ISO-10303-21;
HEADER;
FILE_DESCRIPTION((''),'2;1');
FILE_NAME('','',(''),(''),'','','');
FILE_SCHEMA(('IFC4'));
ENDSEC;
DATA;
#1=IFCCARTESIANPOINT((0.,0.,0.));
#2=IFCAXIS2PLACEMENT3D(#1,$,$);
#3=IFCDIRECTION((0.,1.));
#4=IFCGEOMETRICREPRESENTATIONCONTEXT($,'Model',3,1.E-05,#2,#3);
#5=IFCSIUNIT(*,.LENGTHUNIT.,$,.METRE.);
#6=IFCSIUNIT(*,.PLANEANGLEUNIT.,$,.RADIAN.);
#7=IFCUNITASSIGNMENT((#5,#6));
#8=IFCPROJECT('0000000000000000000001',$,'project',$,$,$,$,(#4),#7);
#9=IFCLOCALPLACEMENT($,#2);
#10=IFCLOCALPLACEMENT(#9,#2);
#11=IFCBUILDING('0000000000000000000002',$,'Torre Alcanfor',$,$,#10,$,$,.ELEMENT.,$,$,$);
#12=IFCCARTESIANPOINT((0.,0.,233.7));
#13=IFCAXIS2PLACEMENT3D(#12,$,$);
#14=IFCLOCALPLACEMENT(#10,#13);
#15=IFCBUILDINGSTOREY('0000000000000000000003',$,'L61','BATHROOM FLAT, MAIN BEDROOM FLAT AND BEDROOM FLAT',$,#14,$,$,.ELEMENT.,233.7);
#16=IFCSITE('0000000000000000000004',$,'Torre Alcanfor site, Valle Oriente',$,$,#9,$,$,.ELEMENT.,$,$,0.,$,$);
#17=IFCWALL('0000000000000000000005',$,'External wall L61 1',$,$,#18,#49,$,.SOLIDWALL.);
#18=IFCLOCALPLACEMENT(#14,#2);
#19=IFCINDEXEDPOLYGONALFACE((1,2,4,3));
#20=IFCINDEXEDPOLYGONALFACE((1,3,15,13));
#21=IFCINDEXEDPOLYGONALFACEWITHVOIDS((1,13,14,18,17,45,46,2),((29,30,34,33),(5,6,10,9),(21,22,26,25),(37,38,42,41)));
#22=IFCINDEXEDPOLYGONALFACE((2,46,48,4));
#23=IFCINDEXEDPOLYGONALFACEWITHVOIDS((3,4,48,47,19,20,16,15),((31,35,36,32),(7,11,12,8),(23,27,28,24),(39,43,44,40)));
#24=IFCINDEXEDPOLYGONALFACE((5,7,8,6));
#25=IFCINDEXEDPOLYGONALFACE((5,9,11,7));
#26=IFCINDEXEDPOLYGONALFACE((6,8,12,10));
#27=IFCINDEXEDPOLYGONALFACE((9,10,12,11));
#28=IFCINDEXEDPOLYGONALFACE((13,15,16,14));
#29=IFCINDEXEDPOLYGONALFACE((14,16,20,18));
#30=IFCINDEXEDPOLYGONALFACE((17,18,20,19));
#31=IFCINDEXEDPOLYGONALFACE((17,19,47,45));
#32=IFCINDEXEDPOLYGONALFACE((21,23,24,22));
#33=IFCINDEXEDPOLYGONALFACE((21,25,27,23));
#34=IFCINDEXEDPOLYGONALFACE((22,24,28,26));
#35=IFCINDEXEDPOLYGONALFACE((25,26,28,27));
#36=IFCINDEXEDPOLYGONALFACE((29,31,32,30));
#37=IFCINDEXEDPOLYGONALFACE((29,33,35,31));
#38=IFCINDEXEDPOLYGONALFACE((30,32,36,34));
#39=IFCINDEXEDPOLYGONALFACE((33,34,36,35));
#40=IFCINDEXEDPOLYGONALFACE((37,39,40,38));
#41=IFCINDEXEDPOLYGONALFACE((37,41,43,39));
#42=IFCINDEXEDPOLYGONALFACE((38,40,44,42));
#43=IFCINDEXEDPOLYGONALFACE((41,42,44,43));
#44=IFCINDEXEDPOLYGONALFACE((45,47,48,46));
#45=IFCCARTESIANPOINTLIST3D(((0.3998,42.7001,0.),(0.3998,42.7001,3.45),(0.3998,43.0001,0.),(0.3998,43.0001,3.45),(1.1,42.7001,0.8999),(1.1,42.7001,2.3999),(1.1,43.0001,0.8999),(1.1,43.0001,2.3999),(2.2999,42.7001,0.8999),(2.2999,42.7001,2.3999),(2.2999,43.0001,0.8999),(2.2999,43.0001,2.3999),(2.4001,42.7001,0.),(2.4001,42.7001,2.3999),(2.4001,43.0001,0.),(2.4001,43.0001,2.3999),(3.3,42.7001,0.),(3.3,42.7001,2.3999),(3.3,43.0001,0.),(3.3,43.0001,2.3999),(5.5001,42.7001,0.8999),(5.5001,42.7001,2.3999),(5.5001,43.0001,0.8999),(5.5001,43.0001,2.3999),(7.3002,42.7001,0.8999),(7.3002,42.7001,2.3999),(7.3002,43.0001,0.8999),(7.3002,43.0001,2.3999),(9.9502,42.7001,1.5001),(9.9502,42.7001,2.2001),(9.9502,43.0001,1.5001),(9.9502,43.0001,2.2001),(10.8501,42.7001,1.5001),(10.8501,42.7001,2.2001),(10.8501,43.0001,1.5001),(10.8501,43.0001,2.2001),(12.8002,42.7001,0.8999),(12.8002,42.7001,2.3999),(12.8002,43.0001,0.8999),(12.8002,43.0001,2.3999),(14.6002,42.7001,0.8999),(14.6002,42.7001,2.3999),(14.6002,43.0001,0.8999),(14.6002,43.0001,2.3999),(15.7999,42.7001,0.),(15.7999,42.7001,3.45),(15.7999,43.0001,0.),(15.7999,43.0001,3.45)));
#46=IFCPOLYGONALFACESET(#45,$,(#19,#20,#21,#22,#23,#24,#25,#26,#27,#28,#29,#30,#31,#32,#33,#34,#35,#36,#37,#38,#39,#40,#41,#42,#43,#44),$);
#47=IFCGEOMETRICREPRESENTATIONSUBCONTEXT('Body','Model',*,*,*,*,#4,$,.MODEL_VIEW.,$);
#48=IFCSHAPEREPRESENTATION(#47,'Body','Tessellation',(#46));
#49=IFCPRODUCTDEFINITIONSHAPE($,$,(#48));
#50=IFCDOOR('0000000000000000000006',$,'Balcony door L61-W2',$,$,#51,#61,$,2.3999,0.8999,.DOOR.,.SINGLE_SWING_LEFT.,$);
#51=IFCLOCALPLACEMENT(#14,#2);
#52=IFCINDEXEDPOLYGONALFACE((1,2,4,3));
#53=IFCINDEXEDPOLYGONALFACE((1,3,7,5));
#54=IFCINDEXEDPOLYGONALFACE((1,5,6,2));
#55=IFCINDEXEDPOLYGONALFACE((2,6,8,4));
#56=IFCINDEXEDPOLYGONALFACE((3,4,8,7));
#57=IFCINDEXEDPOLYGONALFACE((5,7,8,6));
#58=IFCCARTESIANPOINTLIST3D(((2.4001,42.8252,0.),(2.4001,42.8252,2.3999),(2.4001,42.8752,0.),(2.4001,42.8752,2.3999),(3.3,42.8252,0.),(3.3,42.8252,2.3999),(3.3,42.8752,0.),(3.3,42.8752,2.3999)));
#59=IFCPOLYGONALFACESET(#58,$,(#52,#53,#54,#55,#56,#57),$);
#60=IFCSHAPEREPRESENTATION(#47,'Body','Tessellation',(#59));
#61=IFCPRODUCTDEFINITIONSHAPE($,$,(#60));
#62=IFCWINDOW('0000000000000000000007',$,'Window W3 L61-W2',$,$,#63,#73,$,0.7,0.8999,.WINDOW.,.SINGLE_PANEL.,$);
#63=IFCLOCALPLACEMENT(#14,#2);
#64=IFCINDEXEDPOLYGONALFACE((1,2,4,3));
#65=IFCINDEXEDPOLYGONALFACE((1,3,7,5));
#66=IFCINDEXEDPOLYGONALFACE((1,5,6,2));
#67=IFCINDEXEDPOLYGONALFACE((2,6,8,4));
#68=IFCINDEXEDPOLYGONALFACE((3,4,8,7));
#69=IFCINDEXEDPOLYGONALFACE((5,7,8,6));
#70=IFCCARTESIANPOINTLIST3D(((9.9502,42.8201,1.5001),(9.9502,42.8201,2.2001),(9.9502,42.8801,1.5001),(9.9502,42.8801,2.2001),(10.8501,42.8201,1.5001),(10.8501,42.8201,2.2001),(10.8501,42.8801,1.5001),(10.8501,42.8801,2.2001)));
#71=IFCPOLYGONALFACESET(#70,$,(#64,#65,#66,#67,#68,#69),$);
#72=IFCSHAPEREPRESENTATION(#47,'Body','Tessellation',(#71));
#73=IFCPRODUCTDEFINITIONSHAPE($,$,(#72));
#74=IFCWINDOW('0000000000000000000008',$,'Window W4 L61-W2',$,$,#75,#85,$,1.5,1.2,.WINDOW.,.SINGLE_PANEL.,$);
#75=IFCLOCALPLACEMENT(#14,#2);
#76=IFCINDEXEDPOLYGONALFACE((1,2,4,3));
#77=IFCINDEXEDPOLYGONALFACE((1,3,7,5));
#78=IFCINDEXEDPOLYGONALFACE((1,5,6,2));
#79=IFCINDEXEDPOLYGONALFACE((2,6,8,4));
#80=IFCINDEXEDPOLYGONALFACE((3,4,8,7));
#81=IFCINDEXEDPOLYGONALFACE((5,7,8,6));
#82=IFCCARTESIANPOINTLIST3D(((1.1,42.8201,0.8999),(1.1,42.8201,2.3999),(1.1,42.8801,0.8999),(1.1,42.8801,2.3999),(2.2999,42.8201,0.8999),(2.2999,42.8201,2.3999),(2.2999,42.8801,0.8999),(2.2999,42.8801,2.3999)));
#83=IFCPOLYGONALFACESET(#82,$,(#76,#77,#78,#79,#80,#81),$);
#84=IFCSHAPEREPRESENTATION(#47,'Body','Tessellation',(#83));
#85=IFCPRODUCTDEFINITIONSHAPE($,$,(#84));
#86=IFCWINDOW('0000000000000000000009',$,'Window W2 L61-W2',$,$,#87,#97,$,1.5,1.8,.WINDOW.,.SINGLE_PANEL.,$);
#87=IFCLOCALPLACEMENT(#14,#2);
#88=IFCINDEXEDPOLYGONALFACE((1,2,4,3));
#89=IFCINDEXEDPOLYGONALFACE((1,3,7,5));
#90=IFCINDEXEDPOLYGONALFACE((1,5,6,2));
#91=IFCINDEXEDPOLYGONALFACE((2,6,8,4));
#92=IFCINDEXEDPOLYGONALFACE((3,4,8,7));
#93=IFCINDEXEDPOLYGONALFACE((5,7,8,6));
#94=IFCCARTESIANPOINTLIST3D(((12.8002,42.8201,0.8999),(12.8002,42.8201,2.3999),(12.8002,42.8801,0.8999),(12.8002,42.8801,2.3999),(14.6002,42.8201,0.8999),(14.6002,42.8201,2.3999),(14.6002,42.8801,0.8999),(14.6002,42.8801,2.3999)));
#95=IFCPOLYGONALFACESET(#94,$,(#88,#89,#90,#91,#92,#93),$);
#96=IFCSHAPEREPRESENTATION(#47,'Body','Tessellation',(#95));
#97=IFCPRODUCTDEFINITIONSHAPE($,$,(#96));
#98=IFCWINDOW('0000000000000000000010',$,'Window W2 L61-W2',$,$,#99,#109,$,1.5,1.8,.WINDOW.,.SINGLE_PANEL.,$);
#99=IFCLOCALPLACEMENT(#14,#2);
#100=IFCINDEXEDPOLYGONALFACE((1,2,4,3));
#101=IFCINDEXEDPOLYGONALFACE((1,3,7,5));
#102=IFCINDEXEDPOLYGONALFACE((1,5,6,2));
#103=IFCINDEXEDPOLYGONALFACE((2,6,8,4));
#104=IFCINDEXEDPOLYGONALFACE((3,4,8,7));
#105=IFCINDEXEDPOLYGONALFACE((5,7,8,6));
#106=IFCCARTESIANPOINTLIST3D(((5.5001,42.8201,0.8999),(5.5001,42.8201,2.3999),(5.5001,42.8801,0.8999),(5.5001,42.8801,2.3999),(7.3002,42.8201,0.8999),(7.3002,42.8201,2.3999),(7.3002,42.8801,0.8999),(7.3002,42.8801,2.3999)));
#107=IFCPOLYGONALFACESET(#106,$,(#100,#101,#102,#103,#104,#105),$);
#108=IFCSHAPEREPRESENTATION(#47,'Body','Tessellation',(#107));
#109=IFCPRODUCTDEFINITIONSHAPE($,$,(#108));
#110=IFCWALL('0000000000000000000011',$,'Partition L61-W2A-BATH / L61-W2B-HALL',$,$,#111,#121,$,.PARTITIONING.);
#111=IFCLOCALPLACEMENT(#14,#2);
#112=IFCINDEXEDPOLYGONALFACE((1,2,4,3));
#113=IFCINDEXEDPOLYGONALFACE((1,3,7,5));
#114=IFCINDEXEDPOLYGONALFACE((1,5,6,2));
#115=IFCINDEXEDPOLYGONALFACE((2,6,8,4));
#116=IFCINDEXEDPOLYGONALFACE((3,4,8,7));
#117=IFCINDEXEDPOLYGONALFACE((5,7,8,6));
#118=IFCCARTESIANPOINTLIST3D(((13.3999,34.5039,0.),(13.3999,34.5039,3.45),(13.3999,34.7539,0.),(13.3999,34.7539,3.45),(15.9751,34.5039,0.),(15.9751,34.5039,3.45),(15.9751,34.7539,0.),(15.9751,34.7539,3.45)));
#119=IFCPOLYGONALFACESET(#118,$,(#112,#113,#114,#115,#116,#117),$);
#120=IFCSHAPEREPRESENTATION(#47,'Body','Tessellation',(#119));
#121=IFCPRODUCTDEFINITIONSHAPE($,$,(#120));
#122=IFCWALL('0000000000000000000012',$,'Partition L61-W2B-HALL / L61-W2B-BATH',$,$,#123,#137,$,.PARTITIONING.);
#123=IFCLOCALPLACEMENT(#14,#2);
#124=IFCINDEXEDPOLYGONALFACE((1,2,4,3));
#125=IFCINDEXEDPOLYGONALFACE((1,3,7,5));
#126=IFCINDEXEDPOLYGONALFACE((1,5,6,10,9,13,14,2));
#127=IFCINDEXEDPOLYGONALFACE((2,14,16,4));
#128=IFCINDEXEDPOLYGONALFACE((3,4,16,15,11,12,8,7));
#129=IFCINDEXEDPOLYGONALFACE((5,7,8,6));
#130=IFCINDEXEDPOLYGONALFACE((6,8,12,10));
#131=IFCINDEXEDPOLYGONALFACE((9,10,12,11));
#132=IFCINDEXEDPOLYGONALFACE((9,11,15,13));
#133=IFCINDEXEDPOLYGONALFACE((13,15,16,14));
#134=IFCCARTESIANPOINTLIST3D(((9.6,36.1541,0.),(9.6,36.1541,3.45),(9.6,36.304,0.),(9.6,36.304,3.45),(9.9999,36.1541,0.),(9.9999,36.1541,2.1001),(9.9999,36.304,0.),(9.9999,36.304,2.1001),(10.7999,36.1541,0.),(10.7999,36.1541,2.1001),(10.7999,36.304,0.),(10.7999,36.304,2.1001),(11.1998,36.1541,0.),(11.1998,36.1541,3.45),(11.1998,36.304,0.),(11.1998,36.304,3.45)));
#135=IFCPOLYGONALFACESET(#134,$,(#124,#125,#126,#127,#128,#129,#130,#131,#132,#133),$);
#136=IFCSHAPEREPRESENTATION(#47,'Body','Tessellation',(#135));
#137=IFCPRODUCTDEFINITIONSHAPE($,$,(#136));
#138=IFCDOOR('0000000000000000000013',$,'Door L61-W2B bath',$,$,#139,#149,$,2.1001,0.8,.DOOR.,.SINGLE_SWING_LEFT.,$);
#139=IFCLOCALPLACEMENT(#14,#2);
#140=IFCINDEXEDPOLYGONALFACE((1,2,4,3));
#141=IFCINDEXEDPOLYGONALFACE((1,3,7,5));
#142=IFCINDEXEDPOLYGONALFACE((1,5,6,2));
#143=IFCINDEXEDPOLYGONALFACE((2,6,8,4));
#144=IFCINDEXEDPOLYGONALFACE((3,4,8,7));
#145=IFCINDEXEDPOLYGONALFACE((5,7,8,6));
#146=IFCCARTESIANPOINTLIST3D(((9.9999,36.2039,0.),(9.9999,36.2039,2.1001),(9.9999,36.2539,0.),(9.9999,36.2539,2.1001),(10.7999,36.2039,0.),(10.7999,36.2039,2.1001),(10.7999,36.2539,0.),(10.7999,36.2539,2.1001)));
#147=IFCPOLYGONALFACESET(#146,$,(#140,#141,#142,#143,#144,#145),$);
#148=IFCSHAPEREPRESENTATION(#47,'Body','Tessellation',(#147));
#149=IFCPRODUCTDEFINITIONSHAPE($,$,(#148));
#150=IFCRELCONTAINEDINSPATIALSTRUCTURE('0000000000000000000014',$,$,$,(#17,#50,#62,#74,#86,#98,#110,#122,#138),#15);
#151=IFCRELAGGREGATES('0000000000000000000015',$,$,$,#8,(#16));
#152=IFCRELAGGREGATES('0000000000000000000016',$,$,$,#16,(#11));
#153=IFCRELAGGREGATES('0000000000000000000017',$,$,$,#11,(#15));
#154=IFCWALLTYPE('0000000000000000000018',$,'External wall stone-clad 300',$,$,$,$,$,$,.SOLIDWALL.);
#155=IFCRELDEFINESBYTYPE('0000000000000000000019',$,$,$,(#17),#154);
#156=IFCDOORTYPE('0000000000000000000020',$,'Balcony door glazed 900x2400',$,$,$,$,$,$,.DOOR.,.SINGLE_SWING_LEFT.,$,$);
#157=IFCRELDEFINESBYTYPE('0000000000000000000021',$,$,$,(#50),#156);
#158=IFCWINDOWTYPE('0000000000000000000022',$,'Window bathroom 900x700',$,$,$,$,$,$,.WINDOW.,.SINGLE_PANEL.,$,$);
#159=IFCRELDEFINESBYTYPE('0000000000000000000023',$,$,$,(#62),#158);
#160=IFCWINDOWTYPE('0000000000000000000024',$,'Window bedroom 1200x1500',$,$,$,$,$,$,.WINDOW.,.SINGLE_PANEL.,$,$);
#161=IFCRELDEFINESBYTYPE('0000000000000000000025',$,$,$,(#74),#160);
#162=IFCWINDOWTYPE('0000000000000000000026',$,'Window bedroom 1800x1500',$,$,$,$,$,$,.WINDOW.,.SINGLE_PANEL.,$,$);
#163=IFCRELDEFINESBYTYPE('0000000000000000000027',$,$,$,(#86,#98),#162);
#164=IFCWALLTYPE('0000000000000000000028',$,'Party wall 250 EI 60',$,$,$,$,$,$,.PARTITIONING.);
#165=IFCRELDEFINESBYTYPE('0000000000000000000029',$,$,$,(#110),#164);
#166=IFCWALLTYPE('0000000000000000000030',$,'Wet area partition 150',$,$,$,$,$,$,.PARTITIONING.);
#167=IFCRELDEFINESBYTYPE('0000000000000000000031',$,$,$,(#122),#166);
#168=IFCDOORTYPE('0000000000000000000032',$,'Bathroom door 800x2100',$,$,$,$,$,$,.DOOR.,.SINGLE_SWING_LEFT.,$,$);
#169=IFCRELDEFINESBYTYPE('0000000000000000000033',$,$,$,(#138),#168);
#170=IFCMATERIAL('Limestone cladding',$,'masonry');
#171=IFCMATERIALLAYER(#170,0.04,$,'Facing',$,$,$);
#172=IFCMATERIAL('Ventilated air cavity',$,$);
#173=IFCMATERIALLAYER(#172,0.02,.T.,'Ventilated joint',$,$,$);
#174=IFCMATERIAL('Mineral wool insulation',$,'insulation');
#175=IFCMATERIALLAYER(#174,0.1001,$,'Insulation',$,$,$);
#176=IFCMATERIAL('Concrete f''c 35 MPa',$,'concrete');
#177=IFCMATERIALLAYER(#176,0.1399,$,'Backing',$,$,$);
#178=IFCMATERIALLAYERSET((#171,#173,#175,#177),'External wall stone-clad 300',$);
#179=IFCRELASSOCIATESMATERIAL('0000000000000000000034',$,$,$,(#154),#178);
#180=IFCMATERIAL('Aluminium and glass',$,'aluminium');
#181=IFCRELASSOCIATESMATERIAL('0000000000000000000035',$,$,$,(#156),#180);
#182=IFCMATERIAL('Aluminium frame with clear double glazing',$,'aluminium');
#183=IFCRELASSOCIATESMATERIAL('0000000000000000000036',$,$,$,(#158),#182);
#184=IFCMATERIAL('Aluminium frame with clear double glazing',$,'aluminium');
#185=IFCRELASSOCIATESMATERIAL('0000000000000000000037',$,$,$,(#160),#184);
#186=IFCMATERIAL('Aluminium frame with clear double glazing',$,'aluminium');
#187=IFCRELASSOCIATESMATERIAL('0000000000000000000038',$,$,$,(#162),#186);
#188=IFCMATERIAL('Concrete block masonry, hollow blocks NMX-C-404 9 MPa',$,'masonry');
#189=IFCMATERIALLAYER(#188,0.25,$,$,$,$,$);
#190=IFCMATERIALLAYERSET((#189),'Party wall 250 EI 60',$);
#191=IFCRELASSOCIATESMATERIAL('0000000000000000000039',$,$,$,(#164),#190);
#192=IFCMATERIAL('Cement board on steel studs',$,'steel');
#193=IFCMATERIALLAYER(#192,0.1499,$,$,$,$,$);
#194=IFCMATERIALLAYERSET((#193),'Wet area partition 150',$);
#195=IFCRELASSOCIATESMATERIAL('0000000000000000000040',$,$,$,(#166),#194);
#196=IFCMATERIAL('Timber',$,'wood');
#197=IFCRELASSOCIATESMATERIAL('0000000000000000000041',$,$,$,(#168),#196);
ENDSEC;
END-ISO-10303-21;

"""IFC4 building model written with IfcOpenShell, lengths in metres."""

from ifc_helpers import new_model, si_unit, direction, frame, frame_2d, origin, place, context, subcontext, project, spatial, rectangle, extrude, material, layer, layer_set, type_object, element, fill, save


model = new_model("IFC4")

# Units and contexts
model_context = context("Model", 3, precision=1e-05, world=origin(), true_north=direction((0.0, 1.0)))
body_context = subcontext(model_context, "Body", "Model", "MODEL_VIEW")
ifc_project = project(units=[si_unit("LENGTHUNIT", "METRE"), si_unit("PLANEANGLEUNIT", "RADIAN")], contexts=[model_context])

# Site, building, storey
site_placement = place(None, origin())
site = spatial("IfcSite", under=ifc_project, at=site_placement, Name="Torre Alcanfor site, Valle Oriente", CompositionType="ELEMENT", RefElevation=0.0)
building_placement = place(site_placement, origin())
building = spatial("IfcBuilding", under=site, at=building_placement, Name="Torre Alcanfor", CompositionType="ELEMENT")
storey_placement = place(building_placement, frame((0.0, 0.0, 233.7)))
storey = spatial("IfcBuildingStorey", under=building, at=storey_placement, Name="L61", Description="BATHROOM FLAT, MAIN BEDROOM FLAT AND BEDROOM FLAT", CompositionType="ELEMENT", Elevation=233.7)

# Wall, openings, door, windows
ifc_material_1 = material(Name="Limestone cladding", Category="masonry")
ifc_layer_1 = layer(ifc_material_1, 0.04, Name="Facing")
ifc_material_2 = material(Name="Ventilated air cavity")
ifc_layer_2 = layer(ifc_material_2, 0.02, ventilated=True, Name="Ventilated joint")
ifc_material_3 = material(Name="Mineral wool insulation", Category="insulation")
ifc_layer_3 = layer(ifc_material_3, 0.1001, Name="Insulation")
ifc_material_4 = material(Name="Concrete f'c 35 MPa", Category="concrete")
ifc_layer_4 = layer(ifc_material_4, 0.1399, Name="Backing")
ifc_layer_set_1 = layer_set([ifc_layer_1, ifc_layer_2, ifc_layer_3, ifc_layer_4], Name="External wall stone-clad 300")
wall_type_1 = type_object("IfcWallType", Name="External wall stone-clad 300", PredefinedType="SOLIDWALL", material=ifc_layer_set_1)
wall_1_placement = place(storey_placement, frame((15.8, 42.8501, 0.0), z_axis=(0.0, 0.0, 1.0), x_axis=(-1.0, 0.0, 0.0)))
wall_1 = element("IfcWall", 1, at=wall_1_placement, inside=storey, type_object=wall_type_1, Name="External wall L61 1", PredefinedType="SOLIDWALL", context=body_context, shape_type="SweptSolid", body=[
    extrude(rectangle(XDim=15.4001, YDim=0.3, at=frame_2d((7.7002, 0.0))), origin(), (0.0, 0.0, 1.0), 3.45),
])
opening_1_placement = place(wall_1_placement, frame((1.2, 0.0, 0.8999)))
opening_1 = element("IfcOpeningElement", 2, at=opening_1_placement, cuts=wall_1, PredefinedType="OPENING", context=body_context, shape_type="SweptSolid", body=[
    extrude(rectangle(XDim=1.8, YDim=1.5, at=frame_2d((0.8999, 0.75))), frame((0.0, 0.1599, 0.0), z_axis=(0.0, -1.0, 0.0), x_axis=(1.0, 0.0, 0.0)), (0.0, 0.0, 1.0), 0.3201),
])
opening_2_placement = place(wall_1_placement, frame((4.95, 0.0, 1.5)))
opening_2 = element("IfcOpeningElement", 3, at=opening_2_placement, cuts=wall_1, PredefinedType="OPENING", context=body_context, shape_type="SweptSolid", body=[
    extrude(rectangle(XDim=0.8999, YDim=0.7, at=frame_2d((0.45, 0.3501))), frame((0.0, 0.1599, 0.0), z_axis=(0.0, -1.0, 0.0), x_axis=(1.0, 0.0, 0.0)), (0.0, 0.0, 1.0), 0.3201),
])
opening_3_placement = place(wall_1_placement, frame((8.5, 0.0, 0.8999)))
opening_3 = element("IfcOpeningElement", 4, at=opening_3_placement, cuts=wall_1, PredefinedType="OPENING", context=body_context, shape_type="SweptSolid", body=[
    extrude(rectangle(XDim=1.8, YDim=1.5, at=frame_2d((0.8999, 0.75))), frame((0.0, 0.1599, 0.0), z_axis=(0.0, -1.0, 0.0), x_axis=(1.0, 0.0, 0.0)), (0.0, 0.0, 1.0), 0.3201),
])
opening_4_placement = place(wall_1_placement, frame((12.5, 0.0, 0.0)))
opening_4 = element("IfcOpeningElement", 5, at=opening_4_placement, cuts=wall_1, PredefinedType="OPENING", context=body_context, shape_type="SweptSolid", body=[
    extrude(rectangle(XDim=0.8999, YDim=2.3999, at=frame_2d((0.45, 1.2))), frame((0.0, 0.1599, 0.0), z_axis=(0.0, -1.0, 0.0), x_axis=(1.0, 0.0, 0.0)), (0.0, 0.0, 1.0), 0.3201),
])
opening_5_placement = place(wall_1_placement, frame((13.5, 0.0, 0.8999)))
opening_5 = element("IfcOpeningElement", 6, at=opening_5_placement, cuts=wall_1, PredefinedType="OPENING", context=body_context, shape_type="SweptSolid", body=[
    extrude(rectangle(XDim=1.2, YDim=1.5, at=frame_2d((0.6001, 0.75))), frame((0.0, 0.1599, 0.0), z_axis=(0.0, -1.0, 0.0), x_axis=(1.0, 0.0, 0.0)), (0.0, 0.0, 1.0), 0.3201),
])
ifc_material_5 = material(Name="Aluminium and glass", Category="aluminium")
door_type_1 = type_object("IfcDoorType", Name="Balcony door glazed 900x2400", OperationType="SINGLE_SWING_LEFT", PredefinedType="DOOR", material=ifc_material_5)
door_1_placement = place(opening_4_placement, origin())
door_1 = element("IfcDoor", 7, at=door_1_placement, inside=storey, type_object=door_type_1, Name="Balcony door L61-W2", OperationType="SINGLE_SWING_LEFT", OverallHeight=2.3999, OverallWidth=0.8999, PredefinedType="DOOR", context=body_context, shape_type="SweptSolid", body=[
    extrude(rectangle(XDim=0.8999, YDim=2.3999, at=frame_2d((0.45, 1.2))), frame((0.0, 0.0249, 0.0), z_axis=(0.0, -1.0, 0.0), x_axis=(1.0, 0.0, 0.0)), (0.0, 0.0, 1.0), 0.05),
])
fill(opening_4, door_1)
ifc_material_6 = material(Name="Aluminium frame with clear double glazing", Category="aluminium")
window_type_1 = type_object("IfcWindowType", Name="Window bathroom 900x700", PartitioningType="SINGLE_PANEL", PredefinedType="WINDOW", material=ifc_material_6)
window_1_placement = place(opening_2_placement, origin())
window_1 = element("IfcWindow", 8, at=window_1_placement, inside=storey, type_object=window_type_1, Name="Window W3 L61-W2", OverallHeight=0.7, OverallWidth=0.8999, PartitioningType="SINGLE_PANEL", PredefinedType="WINDOW", context=body_context, shape_type="SweptSolid", body=[
    extrude(rectangle(XDim=0.8999, YDim=0.7, at=frame_2d((0.45, 0.3501))), frame((0.0, 0.03, 0.0), z_axis=(0.0, -1.0, 0.0), x_axis=(1.0, 0.0, 0.0)), (0.0, 0.0, 1.0), 0.0601),
])
fill(opening_2, window_1)
ifc_material_7 = material(Name="Aluminium frame with clear double glazing", Category="aluminium")
window_type_2 = type_object("IfcWindowType", Name="Window bedroom 1200x1500", PartitioningType="SINGLE_PANEL", PredefinedType="WINDOW", material=ifc_material_7)
window_2_placement = place(opening_5_placement, origin())
window_2 = element("IfcWindow", 9, at=window_2_placement, inside=storey, type_object=window_type_2, Name="Window W4 L61-W2", OverallHeight=1.5, OverallWidth=1.2, PartitioningType="SINGLE_PANEL", PredefinedType="WINDOW", context=body_context, shape_type="SweptSolid", body=[
    extrude(rectangle(XDim=1.2, YDim=1.5, at=frame_2d((0.6001, 0.75))), frame((0.0, 0.03, 0.0), z_axis=(0.0, -1.0, 0.0), x_axis=(1.0, 0.0, 0.0)), (0.0, 0.0, 1.0), 0.0601),
])
fill(opening_5, window_2)
ifc_material_8 = material(Name="Aluminium frame with clear double glazing", Category="aluminium")
window_type_3 = type_object("IfcWindowType", Name="Window bedroom 1800x1500", PartitioningType="SINGLE_PANEL", PredefinedType="WINDOW", material=ifc_material_8)
window_3_placement = place(opening_1_placement, origin())
window_3 = element("IfcWindow", 10, at=window_3_placement, inside=storey, type_object=window_type_3, Name="Window W2 L61-W2", OverallHeight=1.5, OverallWidth=1.8, PartitioningType="SINGLE_PANEL", PredefinedType="WINDOW", context=body_context, shape_type="SweptSolid", body=[
    extrude(rectangle(XDim=1.8, YDim=1.5, at=frame_2d((0.8999, 0.75))), frame((0.0, 0.03, 0.0), z_axis=(0.0, -1.0, 0.0), x_axis=(1.0, 0.0, 0.0)), (0.0, 0.0, 1.0), 0.0601),
])
fill(opening_1, window_3)
window_4_placement = place(opening_3_placement, origin())
window_4 = element("IfcWindow", 11, at=window_4_placement, inside=storey, type_object=window_type_3, Name="Window W2 L61-W2", OverallHeight=1.5, OverallWidth=1.8, PartitioningType="SINGLE_PANEL", PredefinedType="WINDOW", context=body_context, shape_type="SweptSolid", body=[
    extrude(rectangle(XDim=1.8, YDim=1.5, at=frame_2d((0.8999, 0.75))), frame((0.0, 0.03, 0.0), z_axis=(0.0, -1.0, 0.0), x_axis=(1.0, 0.0, 0.0)), (0.0, 0.0, 1.0), 0.0601),
])
fill(opening_3, window_4)

# Wall
ifc_material_9 = material(Name="Concrete block masonry, hollow blocks NMX-C-404 9 MPa", Category="masonry")
ifc_layer_5 = layer(ifc_material_9, 0.25)
ifc_layer_set_2 = layer_set([ifc_layer_5], Name="Party wall 250 EI 60")
wall_type_2 = type_object("IfcWallType", Name="Party wall 250 EI 60", PredefinedType="PARTITIONING", material=ifc_layer_set_2)
wall_2_placement = place(storey_placement, frame((13.3999, 34.6289, 0.0), z_axis=(0.0, 0.0, 1.0), x_axis=(1.0, 0.0, 0.0)))
element("IfcWall", 12, at=wall_2_placement, inside=storey, type_object=wall_type_2, Name="Partition L61-W2A-BATH / L61-W2B-HALL", PredefinedType="PARTITIONING", context=body_context, shape_type="SweptSolid", body=[
    extrude(rectangle(XDim=2.5752, YDim=0.25, at=frame_2d((1.2876, 0.0))), origin(), (0.0, 0.0, 1.0), 3.45),
])

# Wall, opening, door
ifc_material_10 = material(Name="Cement board on steel studs", Category="steel")
ifc_layer_6 = layer(ifc_material_10, 0.1499)
ifc_layer_set_3 = layer_set([ifc_layer_6], Name="Wet area partition 150")
wall_type_3 = type_object("IfcWallType", Name="Wet area partition 150", PredefinedType="PARTITIONING", material=ifc_layer_set_3)
wall_3_placement = place(storey_placement, frame((9.6001, 36.229, 0.0), z_axis=(0.0, 0.0, 1.0), x_axis=(1.0, 0.0, 0.0)))
wall_3 = element("IfcWall", 13, at=wall_3_placement, inside=storey, type_object=wall_type_3, Name="Partition L61-W2B-HALL / L61-W2B-BATH", PredefinedType="PARTITIONING", context=body_context, shape_type="SweptSolid", body=[
    extrude(rectangle(XDim=1.5999, YDim=0.1499, at=frame_2d((0.7998, 0.0))), origin(), (0.0, 0.0, 1.0), 3.45),
])
opening_6_placement = place(wall_3_placement, frame((0.3999, 0.0, 0.0)))
opening_6 = element("IfcOpeningElement", 14, at=opening_6_placement, cuts=wall_3, PredefinedType="OPENING", context=body_context, shape_type="SweptSolid", body=[
    extrude(rectangle(XDim=0.8, YDim=2.1001, at=frame_2d((0.3999, 1.05))), frame((0.0, 0.085, 0.0), z_axis=(0.0, -1.0, 0.0), x_axis=(1.0, 0.0, 0.0)), (0.0, 0.0, 1.0), 0.1699),
])
ifc_material_11 = material(Name="Timber", Category="wood")
door_type_2 = type_object("IfcDoorType", Name="Bathroom door 800x2100", OperationType="SINGLE_SWING_LEFT", PredefinedType="DOOR", material=ifc_material_11)
door_2_placement = place(opening_6_placement, origin())
door_2 = element("IfcDoor", 15, at=door_2_placement, inside=storey, type_object=door_type_2, Name="Door L61-W2B bath", OperationType="SINGLE_SWING_LEFT", OverallHeight=2.1001, OverallWidth=0.8, PredefinedType="DOOR", context=body_context, shape_type="SweptSolid", body=[
    extrude(rectangle(XDim=0.8, YDim=2.1001, at=frame_2d((0.3999, 1.05))), frame((0.0, 0.0249, 0.0), z_axis=(0.0, -1.0, 0.0), x_axis=(1.0, 0.0, 0.0)), (0.0, 0.0, 1.0), 0.05),
])
fill(opening_6, door_2)

save(model, "model.ifc")
